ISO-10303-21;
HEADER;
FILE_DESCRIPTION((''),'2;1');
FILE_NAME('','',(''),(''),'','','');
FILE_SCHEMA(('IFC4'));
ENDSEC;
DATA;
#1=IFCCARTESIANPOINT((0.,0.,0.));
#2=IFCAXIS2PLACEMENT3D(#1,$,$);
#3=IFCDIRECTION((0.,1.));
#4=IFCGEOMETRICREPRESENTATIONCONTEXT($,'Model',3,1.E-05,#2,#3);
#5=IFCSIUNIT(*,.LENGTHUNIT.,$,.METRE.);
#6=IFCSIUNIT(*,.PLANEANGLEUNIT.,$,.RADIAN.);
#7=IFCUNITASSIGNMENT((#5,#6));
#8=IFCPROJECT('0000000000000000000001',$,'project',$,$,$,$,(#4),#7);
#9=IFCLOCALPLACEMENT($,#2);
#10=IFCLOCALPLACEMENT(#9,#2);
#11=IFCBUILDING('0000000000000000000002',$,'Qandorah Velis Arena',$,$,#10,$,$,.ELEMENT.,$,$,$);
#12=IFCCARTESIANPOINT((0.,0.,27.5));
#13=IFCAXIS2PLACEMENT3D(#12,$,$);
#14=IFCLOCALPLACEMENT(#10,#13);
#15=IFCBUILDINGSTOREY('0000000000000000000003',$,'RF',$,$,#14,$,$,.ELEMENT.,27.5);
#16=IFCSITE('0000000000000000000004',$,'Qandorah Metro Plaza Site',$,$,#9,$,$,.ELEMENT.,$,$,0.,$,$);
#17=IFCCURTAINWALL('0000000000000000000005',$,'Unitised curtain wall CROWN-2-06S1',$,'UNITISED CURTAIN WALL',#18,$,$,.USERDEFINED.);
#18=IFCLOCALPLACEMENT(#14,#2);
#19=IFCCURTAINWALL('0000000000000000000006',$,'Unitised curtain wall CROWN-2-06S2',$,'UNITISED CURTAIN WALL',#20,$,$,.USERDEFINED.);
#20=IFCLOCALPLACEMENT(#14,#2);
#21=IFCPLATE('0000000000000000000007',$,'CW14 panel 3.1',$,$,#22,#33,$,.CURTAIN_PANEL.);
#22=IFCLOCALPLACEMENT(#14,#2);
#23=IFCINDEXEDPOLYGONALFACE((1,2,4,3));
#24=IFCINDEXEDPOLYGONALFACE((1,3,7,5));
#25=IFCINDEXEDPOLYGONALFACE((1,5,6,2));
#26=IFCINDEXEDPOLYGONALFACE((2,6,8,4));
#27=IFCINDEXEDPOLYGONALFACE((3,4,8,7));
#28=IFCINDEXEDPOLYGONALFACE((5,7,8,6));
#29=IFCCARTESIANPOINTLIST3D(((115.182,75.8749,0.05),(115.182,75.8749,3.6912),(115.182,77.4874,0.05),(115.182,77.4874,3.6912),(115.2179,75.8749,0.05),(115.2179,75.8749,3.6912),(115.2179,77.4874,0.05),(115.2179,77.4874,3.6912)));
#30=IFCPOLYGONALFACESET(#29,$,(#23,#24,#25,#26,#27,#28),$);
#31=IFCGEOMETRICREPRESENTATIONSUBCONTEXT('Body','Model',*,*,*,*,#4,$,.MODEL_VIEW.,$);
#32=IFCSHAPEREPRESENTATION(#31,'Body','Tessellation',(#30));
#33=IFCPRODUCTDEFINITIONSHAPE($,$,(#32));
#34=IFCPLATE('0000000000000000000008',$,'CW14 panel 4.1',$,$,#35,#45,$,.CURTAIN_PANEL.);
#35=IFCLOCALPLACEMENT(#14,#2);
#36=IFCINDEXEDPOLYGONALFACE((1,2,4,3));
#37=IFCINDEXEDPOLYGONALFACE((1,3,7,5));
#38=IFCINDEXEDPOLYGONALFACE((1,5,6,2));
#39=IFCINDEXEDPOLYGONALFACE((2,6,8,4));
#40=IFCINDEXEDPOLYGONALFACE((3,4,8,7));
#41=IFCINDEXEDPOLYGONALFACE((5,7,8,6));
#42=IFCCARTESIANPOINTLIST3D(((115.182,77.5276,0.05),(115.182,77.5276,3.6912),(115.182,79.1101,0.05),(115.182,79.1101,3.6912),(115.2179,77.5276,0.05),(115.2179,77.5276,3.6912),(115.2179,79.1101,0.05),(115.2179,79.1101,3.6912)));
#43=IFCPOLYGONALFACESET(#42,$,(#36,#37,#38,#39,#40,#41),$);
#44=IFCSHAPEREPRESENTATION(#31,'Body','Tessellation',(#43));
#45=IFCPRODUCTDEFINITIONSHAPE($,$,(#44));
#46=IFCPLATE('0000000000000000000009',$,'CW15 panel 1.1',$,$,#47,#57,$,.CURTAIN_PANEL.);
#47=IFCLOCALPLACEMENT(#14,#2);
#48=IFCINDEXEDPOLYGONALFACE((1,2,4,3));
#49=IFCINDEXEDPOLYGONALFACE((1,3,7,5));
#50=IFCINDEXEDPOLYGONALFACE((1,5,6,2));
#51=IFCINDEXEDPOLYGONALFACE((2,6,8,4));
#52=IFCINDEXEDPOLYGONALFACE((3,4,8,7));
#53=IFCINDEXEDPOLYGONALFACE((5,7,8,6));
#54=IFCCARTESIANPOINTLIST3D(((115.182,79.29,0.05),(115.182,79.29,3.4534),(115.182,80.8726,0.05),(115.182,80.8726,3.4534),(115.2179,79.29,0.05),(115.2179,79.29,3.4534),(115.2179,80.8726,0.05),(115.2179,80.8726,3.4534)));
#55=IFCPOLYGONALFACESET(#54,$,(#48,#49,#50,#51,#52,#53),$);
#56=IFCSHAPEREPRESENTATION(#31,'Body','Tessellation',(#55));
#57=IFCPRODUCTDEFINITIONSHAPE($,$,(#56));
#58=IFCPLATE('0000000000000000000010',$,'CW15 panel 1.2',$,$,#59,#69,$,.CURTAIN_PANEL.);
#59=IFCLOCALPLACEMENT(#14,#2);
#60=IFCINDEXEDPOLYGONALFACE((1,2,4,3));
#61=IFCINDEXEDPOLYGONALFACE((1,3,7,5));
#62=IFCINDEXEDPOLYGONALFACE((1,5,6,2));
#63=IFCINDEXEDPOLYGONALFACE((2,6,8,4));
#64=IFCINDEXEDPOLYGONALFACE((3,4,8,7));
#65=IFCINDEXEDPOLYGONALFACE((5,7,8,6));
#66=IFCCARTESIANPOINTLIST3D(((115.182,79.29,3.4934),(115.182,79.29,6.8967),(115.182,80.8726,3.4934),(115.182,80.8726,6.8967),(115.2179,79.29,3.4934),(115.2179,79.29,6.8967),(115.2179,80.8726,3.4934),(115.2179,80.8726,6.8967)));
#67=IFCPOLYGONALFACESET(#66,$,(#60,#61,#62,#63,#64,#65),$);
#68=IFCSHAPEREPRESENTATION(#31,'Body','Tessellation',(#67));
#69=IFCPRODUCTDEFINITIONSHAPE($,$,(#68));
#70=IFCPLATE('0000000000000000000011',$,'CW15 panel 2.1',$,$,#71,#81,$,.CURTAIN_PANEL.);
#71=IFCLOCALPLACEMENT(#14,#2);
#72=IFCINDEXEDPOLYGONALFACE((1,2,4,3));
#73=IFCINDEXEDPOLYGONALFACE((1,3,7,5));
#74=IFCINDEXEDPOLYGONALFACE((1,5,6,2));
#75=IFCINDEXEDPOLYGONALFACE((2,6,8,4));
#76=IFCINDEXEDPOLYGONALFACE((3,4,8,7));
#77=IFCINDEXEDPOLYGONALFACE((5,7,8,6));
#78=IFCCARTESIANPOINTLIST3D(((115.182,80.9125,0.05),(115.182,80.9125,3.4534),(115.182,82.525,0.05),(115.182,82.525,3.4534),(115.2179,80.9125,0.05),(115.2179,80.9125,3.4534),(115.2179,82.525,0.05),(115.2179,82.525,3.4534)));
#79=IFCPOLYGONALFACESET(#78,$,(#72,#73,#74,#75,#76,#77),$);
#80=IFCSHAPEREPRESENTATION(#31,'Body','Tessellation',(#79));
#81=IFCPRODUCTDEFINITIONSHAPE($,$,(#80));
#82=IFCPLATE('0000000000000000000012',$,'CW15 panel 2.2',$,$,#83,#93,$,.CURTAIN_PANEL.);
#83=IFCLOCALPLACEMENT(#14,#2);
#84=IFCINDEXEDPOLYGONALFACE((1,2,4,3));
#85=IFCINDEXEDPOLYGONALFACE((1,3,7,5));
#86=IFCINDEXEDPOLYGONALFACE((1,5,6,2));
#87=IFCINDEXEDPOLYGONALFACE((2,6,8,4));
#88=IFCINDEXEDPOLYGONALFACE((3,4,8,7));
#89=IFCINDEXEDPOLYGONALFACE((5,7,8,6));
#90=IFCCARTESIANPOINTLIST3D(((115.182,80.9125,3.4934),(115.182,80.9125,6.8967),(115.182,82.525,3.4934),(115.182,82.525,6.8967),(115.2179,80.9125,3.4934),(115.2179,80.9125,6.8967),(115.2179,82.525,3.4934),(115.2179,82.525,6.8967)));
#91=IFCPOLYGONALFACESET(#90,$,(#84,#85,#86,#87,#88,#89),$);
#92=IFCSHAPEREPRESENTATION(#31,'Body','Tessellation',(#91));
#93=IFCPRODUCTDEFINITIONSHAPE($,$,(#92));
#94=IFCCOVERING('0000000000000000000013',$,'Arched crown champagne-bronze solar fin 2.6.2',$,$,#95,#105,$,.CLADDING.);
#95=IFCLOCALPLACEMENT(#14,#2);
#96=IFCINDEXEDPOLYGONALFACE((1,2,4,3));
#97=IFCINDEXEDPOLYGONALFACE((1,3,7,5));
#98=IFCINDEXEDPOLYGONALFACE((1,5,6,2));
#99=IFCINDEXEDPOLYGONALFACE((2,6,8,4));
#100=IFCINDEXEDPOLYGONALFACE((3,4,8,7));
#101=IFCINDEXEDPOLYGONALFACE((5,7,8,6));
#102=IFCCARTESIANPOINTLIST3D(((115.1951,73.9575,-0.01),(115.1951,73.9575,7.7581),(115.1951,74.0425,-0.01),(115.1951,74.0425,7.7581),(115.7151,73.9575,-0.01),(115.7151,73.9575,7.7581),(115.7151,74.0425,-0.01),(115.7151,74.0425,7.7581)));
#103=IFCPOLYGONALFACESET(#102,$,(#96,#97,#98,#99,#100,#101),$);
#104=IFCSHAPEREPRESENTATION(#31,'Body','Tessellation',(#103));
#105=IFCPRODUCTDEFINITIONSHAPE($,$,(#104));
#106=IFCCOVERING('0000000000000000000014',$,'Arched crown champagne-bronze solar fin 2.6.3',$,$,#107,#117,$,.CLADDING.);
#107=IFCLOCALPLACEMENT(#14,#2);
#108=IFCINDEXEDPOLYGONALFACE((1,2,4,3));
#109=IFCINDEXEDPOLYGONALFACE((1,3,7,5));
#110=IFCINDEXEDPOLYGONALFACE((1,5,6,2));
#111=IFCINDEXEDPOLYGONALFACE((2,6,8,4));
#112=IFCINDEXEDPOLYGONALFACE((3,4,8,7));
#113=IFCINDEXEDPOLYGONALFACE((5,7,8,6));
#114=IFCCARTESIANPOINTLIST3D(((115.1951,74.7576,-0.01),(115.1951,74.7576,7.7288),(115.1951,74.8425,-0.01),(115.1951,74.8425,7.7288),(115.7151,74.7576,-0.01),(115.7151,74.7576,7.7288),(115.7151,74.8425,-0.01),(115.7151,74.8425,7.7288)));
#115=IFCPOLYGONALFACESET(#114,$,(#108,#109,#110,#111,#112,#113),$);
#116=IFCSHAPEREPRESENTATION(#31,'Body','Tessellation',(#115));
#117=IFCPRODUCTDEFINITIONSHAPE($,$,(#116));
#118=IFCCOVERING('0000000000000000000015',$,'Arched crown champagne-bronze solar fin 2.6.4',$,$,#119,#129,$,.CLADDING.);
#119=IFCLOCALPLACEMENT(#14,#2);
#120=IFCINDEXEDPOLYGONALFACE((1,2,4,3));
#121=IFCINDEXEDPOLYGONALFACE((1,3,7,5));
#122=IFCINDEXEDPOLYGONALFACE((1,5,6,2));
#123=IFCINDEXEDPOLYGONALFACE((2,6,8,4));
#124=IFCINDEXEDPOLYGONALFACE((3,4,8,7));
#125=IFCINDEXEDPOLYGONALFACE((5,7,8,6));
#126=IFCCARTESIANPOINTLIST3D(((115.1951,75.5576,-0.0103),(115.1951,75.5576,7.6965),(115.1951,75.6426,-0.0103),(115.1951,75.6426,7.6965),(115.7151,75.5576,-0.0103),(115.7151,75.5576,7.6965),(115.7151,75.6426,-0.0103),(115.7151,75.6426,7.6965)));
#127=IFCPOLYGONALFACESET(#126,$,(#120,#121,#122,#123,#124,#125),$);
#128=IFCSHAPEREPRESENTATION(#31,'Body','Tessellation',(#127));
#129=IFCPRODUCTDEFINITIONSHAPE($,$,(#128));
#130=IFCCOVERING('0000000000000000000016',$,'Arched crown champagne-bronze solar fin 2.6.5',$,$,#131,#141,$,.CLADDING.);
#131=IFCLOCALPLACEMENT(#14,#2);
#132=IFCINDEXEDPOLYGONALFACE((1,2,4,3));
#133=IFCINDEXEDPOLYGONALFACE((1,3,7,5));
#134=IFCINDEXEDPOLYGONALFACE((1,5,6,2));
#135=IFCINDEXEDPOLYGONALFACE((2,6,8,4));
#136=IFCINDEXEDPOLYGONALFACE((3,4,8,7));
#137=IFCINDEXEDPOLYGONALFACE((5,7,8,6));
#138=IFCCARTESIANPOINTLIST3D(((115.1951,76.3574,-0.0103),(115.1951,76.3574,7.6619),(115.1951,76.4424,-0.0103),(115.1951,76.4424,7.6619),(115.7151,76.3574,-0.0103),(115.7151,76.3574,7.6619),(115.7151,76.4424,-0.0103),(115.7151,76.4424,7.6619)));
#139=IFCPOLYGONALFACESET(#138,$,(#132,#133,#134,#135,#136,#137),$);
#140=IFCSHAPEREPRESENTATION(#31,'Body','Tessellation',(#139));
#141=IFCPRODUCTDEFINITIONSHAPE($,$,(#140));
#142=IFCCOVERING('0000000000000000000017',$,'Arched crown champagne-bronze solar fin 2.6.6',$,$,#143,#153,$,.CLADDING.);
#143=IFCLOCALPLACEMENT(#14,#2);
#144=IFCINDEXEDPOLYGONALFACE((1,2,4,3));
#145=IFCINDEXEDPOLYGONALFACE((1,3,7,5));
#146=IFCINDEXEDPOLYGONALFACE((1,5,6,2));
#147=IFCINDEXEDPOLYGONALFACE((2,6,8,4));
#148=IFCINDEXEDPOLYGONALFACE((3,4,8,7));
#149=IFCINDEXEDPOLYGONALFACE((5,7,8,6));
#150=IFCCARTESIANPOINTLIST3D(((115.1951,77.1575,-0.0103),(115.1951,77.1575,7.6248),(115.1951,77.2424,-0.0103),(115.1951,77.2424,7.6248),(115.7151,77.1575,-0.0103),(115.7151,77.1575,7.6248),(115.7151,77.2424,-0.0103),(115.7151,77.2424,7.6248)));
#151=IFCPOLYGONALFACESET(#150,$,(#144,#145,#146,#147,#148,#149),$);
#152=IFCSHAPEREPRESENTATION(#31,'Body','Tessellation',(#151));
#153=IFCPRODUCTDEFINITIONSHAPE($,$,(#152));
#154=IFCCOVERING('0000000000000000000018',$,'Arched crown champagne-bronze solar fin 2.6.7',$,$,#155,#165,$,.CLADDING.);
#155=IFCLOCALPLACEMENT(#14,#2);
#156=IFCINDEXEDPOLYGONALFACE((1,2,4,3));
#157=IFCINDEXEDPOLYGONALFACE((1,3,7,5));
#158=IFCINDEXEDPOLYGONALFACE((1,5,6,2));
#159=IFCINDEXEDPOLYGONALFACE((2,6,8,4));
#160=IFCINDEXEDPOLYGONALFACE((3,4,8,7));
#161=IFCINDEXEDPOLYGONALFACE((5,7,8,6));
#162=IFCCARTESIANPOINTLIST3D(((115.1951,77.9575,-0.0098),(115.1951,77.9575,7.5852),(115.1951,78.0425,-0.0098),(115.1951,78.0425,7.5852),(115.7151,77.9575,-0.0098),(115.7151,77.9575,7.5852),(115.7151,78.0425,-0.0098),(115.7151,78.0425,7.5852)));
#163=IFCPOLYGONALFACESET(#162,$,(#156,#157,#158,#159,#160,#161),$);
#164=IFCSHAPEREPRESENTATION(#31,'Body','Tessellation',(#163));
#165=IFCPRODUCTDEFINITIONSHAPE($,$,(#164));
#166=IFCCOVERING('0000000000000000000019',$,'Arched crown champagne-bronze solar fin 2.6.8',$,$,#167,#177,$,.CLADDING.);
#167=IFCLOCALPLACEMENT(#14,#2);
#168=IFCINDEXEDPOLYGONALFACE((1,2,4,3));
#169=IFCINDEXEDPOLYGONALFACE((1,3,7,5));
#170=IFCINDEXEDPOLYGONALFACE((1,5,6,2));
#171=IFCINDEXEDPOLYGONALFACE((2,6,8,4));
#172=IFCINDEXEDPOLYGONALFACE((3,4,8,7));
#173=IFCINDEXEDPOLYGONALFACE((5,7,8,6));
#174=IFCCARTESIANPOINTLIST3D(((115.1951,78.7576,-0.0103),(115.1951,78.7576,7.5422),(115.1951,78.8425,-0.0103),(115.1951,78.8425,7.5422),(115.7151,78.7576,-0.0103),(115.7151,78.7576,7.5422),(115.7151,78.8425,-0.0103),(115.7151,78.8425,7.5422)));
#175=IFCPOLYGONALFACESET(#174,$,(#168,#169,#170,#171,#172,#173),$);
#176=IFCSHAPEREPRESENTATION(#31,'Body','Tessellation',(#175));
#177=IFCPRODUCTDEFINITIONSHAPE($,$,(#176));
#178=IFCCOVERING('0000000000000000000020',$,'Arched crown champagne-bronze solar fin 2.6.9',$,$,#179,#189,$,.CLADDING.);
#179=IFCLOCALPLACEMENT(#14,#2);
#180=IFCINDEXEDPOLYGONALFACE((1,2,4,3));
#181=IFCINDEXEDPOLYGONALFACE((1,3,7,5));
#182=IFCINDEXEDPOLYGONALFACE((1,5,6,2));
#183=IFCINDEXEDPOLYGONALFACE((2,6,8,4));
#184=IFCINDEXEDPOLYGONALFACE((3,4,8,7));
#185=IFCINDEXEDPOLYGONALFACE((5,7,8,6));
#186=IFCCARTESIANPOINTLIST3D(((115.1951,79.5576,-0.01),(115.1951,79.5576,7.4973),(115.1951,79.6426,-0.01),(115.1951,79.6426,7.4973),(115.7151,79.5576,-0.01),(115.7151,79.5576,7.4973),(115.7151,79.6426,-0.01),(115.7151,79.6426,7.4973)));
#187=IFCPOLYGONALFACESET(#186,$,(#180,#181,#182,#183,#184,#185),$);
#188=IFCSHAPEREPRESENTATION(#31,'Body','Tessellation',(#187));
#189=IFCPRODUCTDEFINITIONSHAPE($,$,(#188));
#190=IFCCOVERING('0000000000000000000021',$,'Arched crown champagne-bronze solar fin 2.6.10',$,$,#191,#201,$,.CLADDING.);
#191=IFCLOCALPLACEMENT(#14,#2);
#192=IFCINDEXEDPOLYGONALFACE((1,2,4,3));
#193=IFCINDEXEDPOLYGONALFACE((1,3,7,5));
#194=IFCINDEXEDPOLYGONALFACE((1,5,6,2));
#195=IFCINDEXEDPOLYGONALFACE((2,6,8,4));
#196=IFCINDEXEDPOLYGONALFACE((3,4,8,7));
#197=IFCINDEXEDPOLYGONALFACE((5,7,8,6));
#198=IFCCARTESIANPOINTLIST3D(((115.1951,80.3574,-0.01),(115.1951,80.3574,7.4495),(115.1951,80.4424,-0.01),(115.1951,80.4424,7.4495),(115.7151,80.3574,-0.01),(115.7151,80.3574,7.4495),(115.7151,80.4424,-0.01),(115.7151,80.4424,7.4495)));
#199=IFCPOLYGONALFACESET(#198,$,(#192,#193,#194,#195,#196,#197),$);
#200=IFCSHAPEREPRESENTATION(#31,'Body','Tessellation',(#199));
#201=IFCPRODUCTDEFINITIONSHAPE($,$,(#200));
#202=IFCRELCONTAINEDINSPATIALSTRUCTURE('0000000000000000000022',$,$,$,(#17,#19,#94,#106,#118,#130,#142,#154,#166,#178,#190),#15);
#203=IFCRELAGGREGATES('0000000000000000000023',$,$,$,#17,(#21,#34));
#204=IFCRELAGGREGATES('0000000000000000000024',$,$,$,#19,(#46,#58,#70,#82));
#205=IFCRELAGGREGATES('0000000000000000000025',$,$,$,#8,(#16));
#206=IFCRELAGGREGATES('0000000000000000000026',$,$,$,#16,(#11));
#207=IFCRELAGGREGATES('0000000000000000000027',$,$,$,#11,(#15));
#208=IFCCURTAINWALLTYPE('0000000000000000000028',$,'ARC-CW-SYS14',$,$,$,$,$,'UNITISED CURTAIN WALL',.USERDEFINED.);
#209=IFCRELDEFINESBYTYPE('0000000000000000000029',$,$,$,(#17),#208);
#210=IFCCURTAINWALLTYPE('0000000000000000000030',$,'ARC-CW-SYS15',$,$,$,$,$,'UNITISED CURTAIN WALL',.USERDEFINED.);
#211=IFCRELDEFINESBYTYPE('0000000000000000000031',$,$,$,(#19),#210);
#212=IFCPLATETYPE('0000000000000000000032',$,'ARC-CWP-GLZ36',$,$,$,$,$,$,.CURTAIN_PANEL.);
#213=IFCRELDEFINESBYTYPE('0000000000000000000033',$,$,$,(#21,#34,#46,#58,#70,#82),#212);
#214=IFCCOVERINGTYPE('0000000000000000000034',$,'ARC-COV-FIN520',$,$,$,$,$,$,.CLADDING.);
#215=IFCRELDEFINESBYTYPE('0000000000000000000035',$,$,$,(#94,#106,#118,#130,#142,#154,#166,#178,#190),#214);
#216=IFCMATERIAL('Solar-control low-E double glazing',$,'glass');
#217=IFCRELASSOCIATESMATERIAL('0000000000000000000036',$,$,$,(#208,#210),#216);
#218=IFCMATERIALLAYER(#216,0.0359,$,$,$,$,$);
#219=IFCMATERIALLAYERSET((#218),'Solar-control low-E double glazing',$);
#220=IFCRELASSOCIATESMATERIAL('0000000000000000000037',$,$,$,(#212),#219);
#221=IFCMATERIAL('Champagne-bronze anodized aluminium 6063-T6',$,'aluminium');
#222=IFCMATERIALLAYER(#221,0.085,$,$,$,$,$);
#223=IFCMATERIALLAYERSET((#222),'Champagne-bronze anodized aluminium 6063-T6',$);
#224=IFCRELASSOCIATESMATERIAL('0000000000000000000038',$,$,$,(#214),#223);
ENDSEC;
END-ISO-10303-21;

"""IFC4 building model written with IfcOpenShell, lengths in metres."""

from ifc_helpers import new_model, si_unit, direction, frame, origin, origin_2d, place, context, subcontext, project, spatial, rectangle, extrude, material, layer, layer_set, type_object, element, aggregate, save


model = new_model("IFC4")

# Units and contexts
model_context = context("Model", 3, precision=1e-05, world=origin(), true_north=direction((0.0, 1.0)))
body_context = subcontext(model_context, "Body", "Model", "MODEL_VIEW")
ifc_project = project(units=[si_unit("LENGTHUNIT", "METRE"), si_unit("PLANEANGLEUNIT", "RADIAN")], contexts=[model_context])

# Site, building, storey
site_placement = place(None, origin())
site = spatial("IfcSite", under=ifc_project, at=site_placement, Name="Qandorah Metro Plaza Site", CompositionType="ELEMENT", RefElevation=0.0)
building_placement = place(site_placement, origin())
building = spatial("IfcBuilding", under=site, at=building_placement, Name="Qandorah Velis Arena", CompositionType="ELEMENT")
storey_placement = place(building_placement, frame((0.0, 0.0, 27.5)))
storey = spatial("IfcBuildingStorey", under=building, at=storey_placement, Name="RF", CompositionType="ELEMENT", Elevation=27.5)

# Curtain walls
ifc_material_1 = material(Name="Solar-control low-E double glazing", Category="glass")
curtain_wall_type_1 = type_object("IfcCurtainWallType", Name="ARC-CW-SYS14", ElementType="UNITISED CURTAIN WALL", PredefinedType="USERDEFINED", material=ifc_material_1)
curtain_wall_1_placement = place(storey_placement, origin())
curtain_wall_1 = element("IfcCurtainWall", 1, at=curtain_wall_1_placement, inside=storey, type_object=curtain_wall_type_1, Name="Unitised curtain wall CROWN-2-06S1", ObjectType="UNITISED CURTAIN WALL", PredefinedType="USERDEFINED")
ifc_material_2 = material(Name="Champagne-bronze anodized aluminium 6063-T6", Category="aluminium")
curtain_wall_type_2 = type_object("IfcCurtainWallType", Name="ARC-CW-SYS15", ElementType="UNITISED CURTAIN WALL", PredefinedType="USERDEFINED", material=ifc_material_1)
curtain_wall_2_placement = place(storey_placement, origin())
curtain_wall_2 = element("IfcCurtainWall", 2, at=curtain_wall_2_placement, inside=storey, type_object=curtain_wall_type_2, Name="Unitised curtain wall CROWN-2-06S2", ObjectType="UNITISED CURTAIN WALL", PredefinedType="USERDEFINED")

# Plates
ifc_layer_1 = layer(ifc_material_1, 0.0359)
ifc_layer_set_1 = layer_set([ifc_layer_1], Name="Solar-control low-E double glazing")
plate_type = type_object("IfcPlateType", Name="ARC-CWP-GLZ36", PredefinedType="CURTAIN_PANEL", material=ifc_layer_set_1)
plate_1_placement = place(storey_placement, frame((115.2, 76.6812, 0.05), z_axis=(0.0, 0.0, 1.0), x_axis=(0.0, 1.0, 0.0)))
plate_1 = element("IfcPlate", 3, at=plate_1_placement, type_object=plate_type, Name="CW14 panel 3.1", PredefinedType="CURTAIN_PANEL", context=body_context, shape_type="SweptSolid", body=[
    extrude(rectangle(XDim=1.6125, YDim=0.0359, at=origin_2d()), origin(), (0.0, 0.0, 1.0), 3.6411),
])
plate_2_placement = place(storey_placement, frame((115.2, 78.3188, 0.05), z_axis=(0.0, 0.0, 1.0), x_axis=(0.0, 1.0, 0.0)))
plate_2 = element("IfcPlate", 4, at=plate_2_placement, type_object=plate_type, Name="CW14 panel 4.1", PredefinedType="CURTAIN_PANEL", context=body_context, shape_type="SweptSolid", body=[
    extrude(rectangle(XDim=1.5825, YDim=0.0359, at=origin_2d()), origin(), (0.0, 0.0, 1.0), 3.6411),
])
aggregate(curtain_wall_1, [plate_1, plate_2])
plate_3_placement = place(storey_placement, frame((115.2, 80.0813, 0.05), z_axis=(0.0, 0.0, 1.0), x_axis=(0.0, 1.0, 0.0)))
plate_3 = element("IfcPlate", 5, at=plate_3_placement, type_object=plate_type, Name="CW15 panel 1.1", PredefinedType="CURTAIN_PANEL", context=body_context, shape_type="SweptSolid", body=[
    extrude(rectangle(XDim=1.5825, YDim=0.0359, at=origin_2d()), origin(), (0.0, 0.0, 1.0), 3.4033),
])
plate_4_placement = place(storey_placement, frame((115.2, 80.0813, 3.4934), z_axis=(0.0, 0.0, 1.0), x_axis=(0.0, 1.0, 0.0)))
plate_4 = element("IfcPlate", 6, at=plate_4_placement, type_object=plate_type, Name="CW15 panel 1.2", PredefinedType="CURTAIN_PANEL", context=body_context, shape_type="SweptSolid", body=[
    extrude(rectangle(XDim=1.5825, YDim=0.0359, at=origin_2d()), origin(), (0.0, 0.0, 1.0), 3.4033),
])
plate_5_placement = place(storey_placement, frame((115.2, 81.7188, 0.05), z_axis=(0.0, 0.0, 1.0), x_axis=(0.0, 1.0, 0.0)))
plate_5 = element("IfcPlate", 7, at=plate_5_placement, type_object=plate_type, Name="CW15 panel 2.1", PredefinedType="CURTAIN_PANEL", context=body_context, shape_type="SweptSolid", body=[
    extrude(rectangle(XDim=1.6125, YDim=0.0359, at=origin_2d()), origin(), (0.0, 0.0, 1.0), 3.4033),
])
plate_6_placement = place(storey_placement, frame((115.2, 81.7188, 3.4934), z_axis=(0.0, 0.0, 1.0), x_axis=(0.0, 1.0, 0.0)))
plate_6 = element("IfcPlate", 8, at=plate_6_placement, type_object=plate_type, Name="CW15 panel 2.2", PredefinedType="CURTAIN_PANEL", context=body_context, shape_type="SweptSolid", body=[
    extrude(rectangle(XDim=1.6125, YDim=0.0359, at=origin_2d()), origin(), (0.0, 0.0, 1.0), 3.4033),
])
aggregate(curtain_wall_2, [plate_3, plate_4, plate_5, plate_6])

# Coverings
ifc_layer_2 = layer(ifc_material_2, 0.085)
ifc_layer_set_2 = layer_set([ifc_layer_2], Name="Champagne-bronze anodized aluminium 6063-T6")
covering_type = type_object("IfcCoveringType", Name="ARC-COV-FIN520", PredefinedType="CLADDING", material=ifc_layer_set_2)
covering_1_placement = place(storey_placement, frame((115.4551, 74.0, -0.01), z_axis=(0.0, 0.0, 1.0), x_axis=(1.0, 0.0, 0.0)))
element("IfcCovering", 9, at=covering_1_placement, inside=storey, type_object=covering_type, Name="Arched crown champagne-bronze solar fin 2.6.2", PredefinedType="CLADDING", context=body_context, shape_type="SweptSolid", body=[
    extrude(rectangle(XDim=0.52, YDim=0.085, at=origin_2d()), origin(), (0.0, 0.0, 1.0), 7.7681),
])
covering_2_placement = place(storey_placement, frame((115.4551, 74.8, -0.01), z_axis=(0.0, 0.0, 1.0), x_axis=(1.0, 0.0, 0.0)))
element("IfcCovering", 10, at=covering_2_placement, inside=storey, type_object=covering_type, Name="Arched crown champagne-bronze solar fin 2.6.3", PredefinedType="CLADDING", context=body_context, shape_type="SweptSolid", body=[
    extrude(rectangle(XDim=0.52, YDim=0.085, at=origin_2d()), origin(), (0.0, 0.0, 1.0), 7.7388),
])
covering_3_placement = place(storey_placement, frame((115.4551, 75.6001, -0.0103), z_axis=(0.0, 0.0, 1.0), x_axis=(1.0, 0.0, 0.0)))
element("IfcCovering", 11, at=covering_3_placement, inside=storey, type_object=covering_type, Name="Arched crown champagne-bronze solar fin 2.6.4", PredefinedType="CLADDING", context=body_context, shape_type="SweptSolid", body=[
    extrude(rectangle(XDim=0.52, YDim=0.085, at=origin_2d()), origin(), (0.0, 0.0, 1.0), 7.7068),
])
covering_4_placement = place(storey_placement, frame((115.4551, 76.3999, -0.0103), z_axis=(0.0, 0.0, 1.0), x_axis=(1.0, 0.0, 0.0)))
element("IfcCovering", 12, at=covering_4_placement, inside=storey, type_object=covering_type, Name="Arched crown champagne-bronze solar fin 2.6.5", PredefinedType="CLADDING", context=body_context, shape_type="SweptSolid", body=[
    extrude(rectangle(XDim=0.52, YDim=0.085, at=origin_2d()), origin(), (0.0, 0.0, 1.0), 7.6721),
])
covering_5_placement = place(storey_placement, frame((115.4551, 77.2, -0.0103), z_axis=(0.0, 0.0, 1.0), x_axis=(1.0, 0.0, 0.0)))
element("IfcCovering", 13, at=covering_5_placement, inside=storey, type_object=covering_type, Name="Arched crown champagne-bronze solar fin 2.6.6", PredefinedType="CLADDING", context=body_context, shape_type="SweptSolid", body=[
    extrude(rectangle(XDim=0.52, YDim=0.085, at=origin_2d()), origin(), (0.0, 0.0, 1.0), 7.635),
])
covering_6_placement = place(storey_placement, frame((115.4551, 78.0, -0.0098), z_axis=(0.0, 0.0, 1.0), x_axis=(1.0, 0.0, 0.0)))
element("IfcCovering", 14, at=covering_6_placement, inside=storey, type_object=covering_type, Name="Arched crown champagne-bronze solar fin 2.6.7", PredefinedType="CLADDING", context=body_context, shape_type="SweptSolid", body=[
    extrude(rectangle(XDim=0.52, YDim=0.085, at=origin_2d()), origin(), (0.0, 0.0, 1.0), 7.595),
])
covering_7_placement = place(storey_placement, frame((115.4551, 78.8, -0.0103), z_axis=(0.0, 0.0, 1.0), x_axis=(1.0, 0.0, 0.0)))
element("IfcCovering", 15, at=covering_7_placement, inside=storey, type_object=covering_type, Name="Arched crown champagne-bronze solar fin 2.6.8", PredefinedType="CLADDING", context=body_context, shape_type="SweptSolid", body=[
    extrude(rectangle(XDim=0.52, YDim=0.085, at=origin_2d()), origin(), (0.0, 0.0, 1.0), 7.5525),
])
covering_8_placement = place(storey_placement, frame((115.4551, 79.6001, -0.01), z_axis=(0.0, 0.0, 1.0), x_axis=(1.0, 0.0, 0.0)))
element("IfcCovering", 16, at=covering_8_placement, inside=storey, type_object=covering_type, Name="Arched crown champagne-bronze solar fin 2.6.9", PredefinedType="CLADDING", context=body_context, shape_type="SweptSolid", body=[
    extrude(rectangle(XDim=0.52, YDim=0.085, at=origin_2d()), origin(), (0.0, 0.0, 1.0), 7.5073),
])
covering_9_placement = place(storey_placement, frame((115.4551, 80.3999, -0.01), z_axis=(0.0, 0.0, 1.0), x_axis=(1.0, 0.0, 0.0)))
element("IfcCovering", 17, at=covering_9_placement, inside=storey, type_object=covering_type, Name="Arched crown champagne-bronze solar fin 2.6.10", PredefinedType="CLADDING", context=body_context, shape_type="SweptSolid", body=[
    extrude(rectangle(XDim=0.52, YDim=0.085, at=origin_2d()), origin(), (0.0, 0.0, 1.0), 7.4595),
])

save(model, "model.ifc")
